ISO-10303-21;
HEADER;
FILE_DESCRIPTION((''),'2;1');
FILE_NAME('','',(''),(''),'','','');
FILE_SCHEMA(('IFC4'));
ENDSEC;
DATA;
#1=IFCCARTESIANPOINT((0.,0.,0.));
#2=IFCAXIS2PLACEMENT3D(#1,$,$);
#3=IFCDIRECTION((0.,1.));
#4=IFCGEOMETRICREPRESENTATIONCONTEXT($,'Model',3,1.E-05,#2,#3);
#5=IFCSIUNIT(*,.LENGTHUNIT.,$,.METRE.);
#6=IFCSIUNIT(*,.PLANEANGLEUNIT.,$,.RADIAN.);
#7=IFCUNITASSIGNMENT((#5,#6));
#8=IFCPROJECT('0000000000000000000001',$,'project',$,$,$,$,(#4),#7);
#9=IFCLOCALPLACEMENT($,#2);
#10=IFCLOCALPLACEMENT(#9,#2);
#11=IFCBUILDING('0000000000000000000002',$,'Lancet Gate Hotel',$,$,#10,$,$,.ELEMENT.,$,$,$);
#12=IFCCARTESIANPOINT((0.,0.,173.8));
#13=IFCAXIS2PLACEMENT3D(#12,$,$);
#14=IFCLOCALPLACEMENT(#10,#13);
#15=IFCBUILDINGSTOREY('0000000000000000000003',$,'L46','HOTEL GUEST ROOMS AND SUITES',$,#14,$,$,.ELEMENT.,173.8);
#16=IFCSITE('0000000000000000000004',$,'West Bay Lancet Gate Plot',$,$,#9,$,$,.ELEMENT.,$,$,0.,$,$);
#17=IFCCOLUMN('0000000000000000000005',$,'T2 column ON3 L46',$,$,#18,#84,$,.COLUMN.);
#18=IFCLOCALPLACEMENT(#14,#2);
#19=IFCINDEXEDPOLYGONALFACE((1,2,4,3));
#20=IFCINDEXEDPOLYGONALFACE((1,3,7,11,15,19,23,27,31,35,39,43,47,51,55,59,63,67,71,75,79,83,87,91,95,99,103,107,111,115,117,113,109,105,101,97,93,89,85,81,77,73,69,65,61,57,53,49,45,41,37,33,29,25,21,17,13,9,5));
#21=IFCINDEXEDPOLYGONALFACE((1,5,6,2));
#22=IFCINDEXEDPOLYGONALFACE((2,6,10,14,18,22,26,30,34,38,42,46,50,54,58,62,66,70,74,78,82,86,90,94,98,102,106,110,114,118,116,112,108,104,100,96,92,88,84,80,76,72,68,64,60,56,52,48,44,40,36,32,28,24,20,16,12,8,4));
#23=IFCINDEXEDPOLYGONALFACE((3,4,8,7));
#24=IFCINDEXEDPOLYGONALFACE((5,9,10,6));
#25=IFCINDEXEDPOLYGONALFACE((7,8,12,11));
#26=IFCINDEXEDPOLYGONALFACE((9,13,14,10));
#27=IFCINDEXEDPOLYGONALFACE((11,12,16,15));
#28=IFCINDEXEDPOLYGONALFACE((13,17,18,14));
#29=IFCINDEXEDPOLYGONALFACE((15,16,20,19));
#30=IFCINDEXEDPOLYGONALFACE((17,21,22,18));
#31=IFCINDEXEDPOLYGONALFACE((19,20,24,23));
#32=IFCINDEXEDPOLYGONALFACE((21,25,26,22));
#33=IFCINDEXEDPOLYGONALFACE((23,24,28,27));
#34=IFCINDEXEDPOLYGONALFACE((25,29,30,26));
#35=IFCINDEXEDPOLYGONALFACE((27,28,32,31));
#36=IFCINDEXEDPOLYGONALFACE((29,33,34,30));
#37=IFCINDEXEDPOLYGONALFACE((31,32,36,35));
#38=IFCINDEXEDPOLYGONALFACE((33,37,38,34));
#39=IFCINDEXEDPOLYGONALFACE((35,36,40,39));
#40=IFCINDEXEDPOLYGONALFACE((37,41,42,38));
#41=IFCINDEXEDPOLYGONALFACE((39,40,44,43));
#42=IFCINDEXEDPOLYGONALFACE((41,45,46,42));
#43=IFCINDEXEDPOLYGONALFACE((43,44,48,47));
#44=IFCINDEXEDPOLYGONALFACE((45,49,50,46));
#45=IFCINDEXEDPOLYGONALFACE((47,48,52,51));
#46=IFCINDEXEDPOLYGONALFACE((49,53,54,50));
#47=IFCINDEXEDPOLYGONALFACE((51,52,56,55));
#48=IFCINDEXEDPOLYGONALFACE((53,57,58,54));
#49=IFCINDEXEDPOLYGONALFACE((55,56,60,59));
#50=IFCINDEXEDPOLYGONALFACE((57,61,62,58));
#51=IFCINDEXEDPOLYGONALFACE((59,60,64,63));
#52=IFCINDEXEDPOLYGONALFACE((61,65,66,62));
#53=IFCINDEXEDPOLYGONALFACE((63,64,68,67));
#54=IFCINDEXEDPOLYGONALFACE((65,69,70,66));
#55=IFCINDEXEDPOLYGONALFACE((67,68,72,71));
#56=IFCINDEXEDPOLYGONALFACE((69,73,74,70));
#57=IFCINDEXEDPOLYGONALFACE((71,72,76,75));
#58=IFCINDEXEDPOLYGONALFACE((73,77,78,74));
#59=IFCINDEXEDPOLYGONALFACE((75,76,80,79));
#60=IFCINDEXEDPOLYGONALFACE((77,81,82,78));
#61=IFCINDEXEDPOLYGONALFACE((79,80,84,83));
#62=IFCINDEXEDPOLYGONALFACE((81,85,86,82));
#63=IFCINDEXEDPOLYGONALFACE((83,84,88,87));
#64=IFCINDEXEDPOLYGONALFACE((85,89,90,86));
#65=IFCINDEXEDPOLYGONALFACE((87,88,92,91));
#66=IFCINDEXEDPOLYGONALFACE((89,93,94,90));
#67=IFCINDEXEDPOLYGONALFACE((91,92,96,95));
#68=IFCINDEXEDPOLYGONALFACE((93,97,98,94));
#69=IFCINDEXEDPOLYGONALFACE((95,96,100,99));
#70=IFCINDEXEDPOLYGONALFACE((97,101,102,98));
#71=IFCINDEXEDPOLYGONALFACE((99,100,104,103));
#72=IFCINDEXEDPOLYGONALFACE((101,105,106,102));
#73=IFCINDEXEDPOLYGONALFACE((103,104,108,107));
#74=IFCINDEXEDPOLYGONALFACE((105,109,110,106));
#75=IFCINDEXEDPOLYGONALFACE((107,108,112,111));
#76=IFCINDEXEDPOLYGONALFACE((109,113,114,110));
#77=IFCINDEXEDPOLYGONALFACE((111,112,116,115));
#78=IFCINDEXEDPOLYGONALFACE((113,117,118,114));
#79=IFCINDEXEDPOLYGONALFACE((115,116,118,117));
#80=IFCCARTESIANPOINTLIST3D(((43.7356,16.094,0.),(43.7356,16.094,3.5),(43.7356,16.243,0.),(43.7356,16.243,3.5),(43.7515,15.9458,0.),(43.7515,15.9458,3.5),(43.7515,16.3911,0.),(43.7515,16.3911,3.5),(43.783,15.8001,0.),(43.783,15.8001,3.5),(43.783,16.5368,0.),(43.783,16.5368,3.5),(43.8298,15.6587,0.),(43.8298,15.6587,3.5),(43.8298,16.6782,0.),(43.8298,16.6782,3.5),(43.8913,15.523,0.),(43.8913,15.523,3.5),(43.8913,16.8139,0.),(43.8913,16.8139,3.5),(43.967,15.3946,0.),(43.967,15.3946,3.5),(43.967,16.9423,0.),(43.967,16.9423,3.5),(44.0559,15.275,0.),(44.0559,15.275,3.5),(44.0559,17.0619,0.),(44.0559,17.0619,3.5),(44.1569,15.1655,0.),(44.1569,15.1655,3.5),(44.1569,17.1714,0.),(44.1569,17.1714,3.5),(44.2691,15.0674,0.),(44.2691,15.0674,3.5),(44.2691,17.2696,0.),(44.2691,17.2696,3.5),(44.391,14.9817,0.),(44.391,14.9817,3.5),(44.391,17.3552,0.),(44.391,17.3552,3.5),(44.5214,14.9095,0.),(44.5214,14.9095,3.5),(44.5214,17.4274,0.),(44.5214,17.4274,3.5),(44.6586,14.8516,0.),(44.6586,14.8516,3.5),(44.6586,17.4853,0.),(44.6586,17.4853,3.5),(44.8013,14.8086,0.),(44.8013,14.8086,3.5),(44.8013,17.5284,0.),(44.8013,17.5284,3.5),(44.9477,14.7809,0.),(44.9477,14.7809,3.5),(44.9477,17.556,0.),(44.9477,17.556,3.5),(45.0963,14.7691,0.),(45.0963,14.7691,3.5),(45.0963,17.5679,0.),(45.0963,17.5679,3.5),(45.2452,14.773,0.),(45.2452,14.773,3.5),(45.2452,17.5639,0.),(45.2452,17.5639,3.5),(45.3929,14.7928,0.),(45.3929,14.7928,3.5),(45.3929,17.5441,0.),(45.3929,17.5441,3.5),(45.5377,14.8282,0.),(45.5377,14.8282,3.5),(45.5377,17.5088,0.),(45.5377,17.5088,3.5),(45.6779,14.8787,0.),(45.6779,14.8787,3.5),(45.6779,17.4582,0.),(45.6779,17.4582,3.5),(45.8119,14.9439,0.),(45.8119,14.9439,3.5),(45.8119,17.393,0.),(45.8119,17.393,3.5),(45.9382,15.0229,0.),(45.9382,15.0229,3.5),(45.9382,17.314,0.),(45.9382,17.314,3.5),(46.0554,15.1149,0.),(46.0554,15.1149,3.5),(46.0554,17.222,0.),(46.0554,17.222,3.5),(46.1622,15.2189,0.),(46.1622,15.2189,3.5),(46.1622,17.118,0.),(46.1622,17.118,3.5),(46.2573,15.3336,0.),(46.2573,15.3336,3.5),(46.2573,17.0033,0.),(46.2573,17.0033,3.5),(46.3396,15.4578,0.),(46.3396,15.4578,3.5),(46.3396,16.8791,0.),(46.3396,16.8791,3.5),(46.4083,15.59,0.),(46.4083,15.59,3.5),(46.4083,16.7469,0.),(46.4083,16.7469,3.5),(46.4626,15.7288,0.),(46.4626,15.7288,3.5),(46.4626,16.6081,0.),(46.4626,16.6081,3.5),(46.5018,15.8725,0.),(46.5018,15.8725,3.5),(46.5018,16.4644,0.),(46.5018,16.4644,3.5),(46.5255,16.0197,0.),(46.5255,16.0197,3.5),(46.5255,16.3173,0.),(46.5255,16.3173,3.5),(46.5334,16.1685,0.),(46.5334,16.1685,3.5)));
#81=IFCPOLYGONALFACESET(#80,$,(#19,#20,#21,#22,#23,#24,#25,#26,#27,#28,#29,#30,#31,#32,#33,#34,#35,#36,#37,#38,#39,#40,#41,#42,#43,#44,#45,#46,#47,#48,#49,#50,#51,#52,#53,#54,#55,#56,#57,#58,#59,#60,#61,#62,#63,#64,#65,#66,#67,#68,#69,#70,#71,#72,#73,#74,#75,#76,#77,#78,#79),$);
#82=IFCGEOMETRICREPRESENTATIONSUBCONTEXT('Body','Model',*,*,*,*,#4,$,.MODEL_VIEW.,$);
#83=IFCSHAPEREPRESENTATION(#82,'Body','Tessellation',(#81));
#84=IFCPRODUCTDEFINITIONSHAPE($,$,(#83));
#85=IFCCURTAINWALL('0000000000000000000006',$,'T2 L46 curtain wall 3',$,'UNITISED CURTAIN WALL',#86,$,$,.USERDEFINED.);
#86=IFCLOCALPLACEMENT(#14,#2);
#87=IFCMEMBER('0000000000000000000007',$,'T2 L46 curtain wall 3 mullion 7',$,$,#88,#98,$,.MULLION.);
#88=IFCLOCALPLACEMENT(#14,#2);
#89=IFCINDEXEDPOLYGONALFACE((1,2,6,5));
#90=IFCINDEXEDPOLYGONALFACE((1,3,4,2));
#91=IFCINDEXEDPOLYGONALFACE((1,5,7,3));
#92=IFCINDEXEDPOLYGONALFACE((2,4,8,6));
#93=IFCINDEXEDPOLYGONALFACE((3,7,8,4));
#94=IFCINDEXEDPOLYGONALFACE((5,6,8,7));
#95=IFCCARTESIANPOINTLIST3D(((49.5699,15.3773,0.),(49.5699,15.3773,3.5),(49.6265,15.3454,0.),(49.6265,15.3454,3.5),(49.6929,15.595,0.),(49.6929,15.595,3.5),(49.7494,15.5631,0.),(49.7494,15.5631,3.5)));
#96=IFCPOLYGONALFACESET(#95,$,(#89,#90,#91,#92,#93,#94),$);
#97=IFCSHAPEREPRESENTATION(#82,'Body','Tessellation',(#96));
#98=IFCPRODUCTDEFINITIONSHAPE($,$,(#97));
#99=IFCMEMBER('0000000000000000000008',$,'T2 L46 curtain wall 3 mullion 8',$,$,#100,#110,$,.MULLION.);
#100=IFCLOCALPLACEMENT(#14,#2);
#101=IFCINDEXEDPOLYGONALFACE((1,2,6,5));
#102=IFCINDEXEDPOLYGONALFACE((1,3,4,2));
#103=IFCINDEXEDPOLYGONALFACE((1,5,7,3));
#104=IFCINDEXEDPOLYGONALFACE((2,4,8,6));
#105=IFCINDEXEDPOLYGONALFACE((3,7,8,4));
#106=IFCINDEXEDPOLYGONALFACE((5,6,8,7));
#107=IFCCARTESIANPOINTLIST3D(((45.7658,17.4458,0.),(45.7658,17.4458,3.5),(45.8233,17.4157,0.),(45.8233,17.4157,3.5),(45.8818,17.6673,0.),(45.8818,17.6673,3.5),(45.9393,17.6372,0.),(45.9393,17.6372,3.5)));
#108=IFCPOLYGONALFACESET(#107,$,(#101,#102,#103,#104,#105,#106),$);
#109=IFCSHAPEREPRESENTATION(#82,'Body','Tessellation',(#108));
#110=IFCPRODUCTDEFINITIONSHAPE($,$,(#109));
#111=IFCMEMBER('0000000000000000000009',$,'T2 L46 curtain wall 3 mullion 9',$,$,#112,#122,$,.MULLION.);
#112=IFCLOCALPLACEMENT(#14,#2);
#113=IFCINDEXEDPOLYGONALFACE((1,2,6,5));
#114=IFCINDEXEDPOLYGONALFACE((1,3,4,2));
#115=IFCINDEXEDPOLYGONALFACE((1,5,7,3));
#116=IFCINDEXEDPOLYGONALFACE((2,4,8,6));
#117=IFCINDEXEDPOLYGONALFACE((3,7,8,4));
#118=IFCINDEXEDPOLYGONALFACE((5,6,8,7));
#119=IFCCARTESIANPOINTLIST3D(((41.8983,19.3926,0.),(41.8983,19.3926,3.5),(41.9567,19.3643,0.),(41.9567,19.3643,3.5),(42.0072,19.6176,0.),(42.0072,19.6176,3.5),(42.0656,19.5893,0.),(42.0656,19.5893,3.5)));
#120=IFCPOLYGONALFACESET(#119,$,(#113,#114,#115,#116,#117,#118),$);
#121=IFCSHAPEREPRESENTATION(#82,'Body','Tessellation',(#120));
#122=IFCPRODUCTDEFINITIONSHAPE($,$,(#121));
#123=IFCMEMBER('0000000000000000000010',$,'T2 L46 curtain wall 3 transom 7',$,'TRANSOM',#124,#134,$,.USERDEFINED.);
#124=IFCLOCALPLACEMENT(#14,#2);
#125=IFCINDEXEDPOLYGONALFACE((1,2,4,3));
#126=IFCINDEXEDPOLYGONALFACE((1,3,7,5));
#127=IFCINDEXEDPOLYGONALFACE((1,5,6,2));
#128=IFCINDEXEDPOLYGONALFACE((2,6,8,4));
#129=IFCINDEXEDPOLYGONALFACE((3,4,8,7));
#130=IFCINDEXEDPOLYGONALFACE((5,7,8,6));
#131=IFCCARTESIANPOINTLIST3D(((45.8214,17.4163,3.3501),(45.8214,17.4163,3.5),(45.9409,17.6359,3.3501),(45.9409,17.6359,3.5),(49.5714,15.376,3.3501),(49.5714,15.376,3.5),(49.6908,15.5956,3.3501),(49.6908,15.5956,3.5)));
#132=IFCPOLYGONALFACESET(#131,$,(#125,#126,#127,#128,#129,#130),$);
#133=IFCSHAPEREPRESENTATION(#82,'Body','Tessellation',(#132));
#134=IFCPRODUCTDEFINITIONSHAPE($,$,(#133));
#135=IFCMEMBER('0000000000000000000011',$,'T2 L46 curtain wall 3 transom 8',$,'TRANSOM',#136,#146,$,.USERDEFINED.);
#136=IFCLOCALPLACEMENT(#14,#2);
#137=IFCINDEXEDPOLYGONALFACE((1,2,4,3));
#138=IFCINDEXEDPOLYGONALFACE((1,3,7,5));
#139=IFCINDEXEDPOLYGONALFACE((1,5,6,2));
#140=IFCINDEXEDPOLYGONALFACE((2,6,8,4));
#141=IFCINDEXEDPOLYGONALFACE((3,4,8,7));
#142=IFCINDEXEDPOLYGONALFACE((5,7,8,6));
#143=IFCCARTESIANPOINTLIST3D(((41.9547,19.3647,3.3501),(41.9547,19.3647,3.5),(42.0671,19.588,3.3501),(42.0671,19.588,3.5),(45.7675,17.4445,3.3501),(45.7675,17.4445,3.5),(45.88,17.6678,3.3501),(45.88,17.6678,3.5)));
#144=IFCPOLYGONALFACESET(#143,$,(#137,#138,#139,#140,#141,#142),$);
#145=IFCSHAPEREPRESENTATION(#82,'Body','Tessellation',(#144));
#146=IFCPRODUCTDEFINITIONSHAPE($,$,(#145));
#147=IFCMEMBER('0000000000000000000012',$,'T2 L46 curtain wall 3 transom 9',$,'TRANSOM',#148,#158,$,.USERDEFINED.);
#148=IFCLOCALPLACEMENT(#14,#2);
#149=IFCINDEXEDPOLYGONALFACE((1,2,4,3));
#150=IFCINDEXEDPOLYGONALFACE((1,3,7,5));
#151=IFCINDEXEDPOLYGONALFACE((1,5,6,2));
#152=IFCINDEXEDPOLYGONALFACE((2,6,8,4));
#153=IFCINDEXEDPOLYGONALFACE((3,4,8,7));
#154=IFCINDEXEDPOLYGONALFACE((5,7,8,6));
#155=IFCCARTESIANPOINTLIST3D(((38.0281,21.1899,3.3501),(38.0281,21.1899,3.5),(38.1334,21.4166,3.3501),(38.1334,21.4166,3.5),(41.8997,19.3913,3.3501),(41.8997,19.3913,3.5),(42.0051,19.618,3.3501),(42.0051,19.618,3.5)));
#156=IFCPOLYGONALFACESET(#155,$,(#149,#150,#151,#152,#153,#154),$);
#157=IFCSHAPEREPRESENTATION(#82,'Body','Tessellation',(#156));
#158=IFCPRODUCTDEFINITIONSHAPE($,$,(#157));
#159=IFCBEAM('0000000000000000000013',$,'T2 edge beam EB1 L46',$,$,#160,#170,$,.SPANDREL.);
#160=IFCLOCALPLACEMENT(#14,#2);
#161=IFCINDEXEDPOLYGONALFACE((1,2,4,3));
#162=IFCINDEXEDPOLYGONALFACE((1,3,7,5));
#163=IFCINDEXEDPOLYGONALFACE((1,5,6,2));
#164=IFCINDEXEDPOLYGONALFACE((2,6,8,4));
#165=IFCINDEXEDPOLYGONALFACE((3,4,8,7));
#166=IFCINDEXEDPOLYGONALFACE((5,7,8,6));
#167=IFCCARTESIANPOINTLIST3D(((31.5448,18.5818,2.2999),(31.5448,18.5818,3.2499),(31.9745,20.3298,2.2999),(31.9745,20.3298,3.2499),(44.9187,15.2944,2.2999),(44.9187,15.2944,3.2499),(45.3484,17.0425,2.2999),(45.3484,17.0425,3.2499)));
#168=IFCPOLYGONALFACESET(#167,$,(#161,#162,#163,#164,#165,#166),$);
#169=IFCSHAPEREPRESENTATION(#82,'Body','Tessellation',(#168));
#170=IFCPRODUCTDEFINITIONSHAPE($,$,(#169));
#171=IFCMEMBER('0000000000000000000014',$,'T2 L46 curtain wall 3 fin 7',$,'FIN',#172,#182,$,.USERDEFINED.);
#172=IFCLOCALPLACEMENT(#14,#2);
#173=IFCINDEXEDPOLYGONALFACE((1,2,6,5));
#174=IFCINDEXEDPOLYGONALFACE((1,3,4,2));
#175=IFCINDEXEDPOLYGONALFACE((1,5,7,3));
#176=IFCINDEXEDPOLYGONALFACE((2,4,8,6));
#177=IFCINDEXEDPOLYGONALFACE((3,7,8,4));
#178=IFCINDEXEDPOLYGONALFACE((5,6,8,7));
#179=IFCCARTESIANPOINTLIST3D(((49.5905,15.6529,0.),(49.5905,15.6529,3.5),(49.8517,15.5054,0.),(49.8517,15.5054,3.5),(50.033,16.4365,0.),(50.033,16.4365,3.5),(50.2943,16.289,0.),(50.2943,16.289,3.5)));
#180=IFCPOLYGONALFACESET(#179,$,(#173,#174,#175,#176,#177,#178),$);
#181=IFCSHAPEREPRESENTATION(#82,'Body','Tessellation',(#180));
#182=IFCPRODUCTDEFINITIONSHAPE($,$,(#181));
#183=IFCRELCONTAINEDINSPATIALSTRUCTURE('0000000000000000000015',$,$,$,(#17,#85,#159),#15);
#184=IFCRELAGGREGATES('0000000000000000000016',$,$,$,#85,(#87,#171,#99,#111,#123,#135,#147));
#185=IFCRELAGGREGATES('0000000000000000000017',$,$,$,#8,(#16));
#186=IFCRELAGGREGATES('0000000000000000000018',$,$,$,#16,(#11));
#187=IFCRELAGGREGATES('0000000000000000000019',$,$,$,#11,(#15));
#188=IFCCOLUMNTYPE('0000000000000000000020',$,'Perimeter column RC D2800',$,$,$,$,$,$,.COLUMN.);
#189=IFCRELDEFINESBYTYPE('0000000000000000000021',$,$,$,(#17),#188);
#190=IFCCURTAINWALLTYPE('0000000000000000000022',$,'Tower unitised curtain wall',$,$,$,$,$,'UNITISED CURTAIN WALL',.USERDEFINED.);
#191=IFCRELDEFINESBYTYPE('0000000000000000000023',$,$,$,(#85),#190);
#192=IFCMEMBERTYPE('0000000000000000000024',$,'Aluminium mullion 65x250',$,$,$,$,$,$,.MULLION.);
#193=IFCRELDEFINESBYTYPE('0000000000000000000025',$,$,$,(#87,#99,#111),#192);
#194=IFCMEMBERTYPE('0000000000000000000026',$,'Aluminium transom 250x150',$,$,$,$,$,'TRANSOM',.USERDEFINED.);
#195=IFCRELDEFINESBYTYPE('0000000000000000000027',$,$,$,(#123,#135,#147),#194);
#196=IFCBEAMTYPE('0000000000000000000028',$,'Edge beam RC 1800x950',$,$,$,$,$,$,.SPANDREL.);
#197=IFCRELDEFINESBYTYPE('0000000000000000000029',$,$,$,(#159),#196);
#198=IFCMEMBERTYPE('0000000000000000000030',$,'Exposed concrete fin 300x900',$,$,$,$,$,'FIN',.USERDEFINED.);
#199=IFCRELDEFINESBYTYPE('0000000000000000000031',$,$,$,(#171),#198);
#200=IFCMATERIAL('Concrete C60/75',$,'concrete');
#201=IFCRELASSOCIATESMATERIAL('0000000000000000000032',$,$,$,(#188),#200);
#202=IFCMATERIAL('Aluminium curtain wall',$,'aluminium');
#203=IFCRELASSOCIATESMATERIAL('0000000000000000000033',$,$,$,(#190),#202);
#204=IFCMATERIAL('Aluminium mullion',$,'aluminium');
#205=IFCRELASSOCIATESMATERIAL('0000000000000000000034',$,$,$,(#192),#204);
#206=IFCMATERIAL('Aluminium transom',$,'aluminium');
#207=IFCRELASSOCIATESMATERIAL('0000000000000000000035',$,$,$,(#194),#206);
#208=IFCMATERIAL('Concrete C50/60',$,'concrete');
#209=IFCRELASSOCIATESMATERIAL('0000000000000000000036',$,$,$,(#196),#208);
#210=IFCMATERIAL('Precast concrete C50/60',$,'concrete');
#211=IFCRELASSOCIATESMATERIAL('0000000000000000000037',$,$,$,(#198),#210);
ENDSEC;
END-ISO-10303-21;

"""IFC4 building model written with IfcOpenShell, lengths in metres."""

from ifc_helpers import new_model, si_unit, direction, frame, origin, origin_2d, place, context, subcontext, project, spatial, rectangle, circle, extrude, material, material_profile, profile_set, type_object, element, aggregate, save


model = new_model("IFC4")

# Units and contexts
model_context = context("Model", 3, precision=1e-05, world=origin(), true_north=direction((0.0, 1.0)))
body_context = subcontext(model_context, "Body", "Model", "MODEL_VIEW")
ifc_project = project(units=[si_unit("LENGTHUNIT", "METRE"), si_unit("PLANEANGLEUNIT", "RADIAN")], contexts=[model_context])

# Site, building, storey
site_placement = place(None, origin())
site = spatial("IfcSite", under=ifc_project, at=site_placement, Name="West Bay Lancet Gate Plot", CompositionType="ELEMENT", RefElevation=0.0)
building_placement = place(site_placement, origin())
building = spatial("IfcBuilding", under=site, at=building_placement, Name="Lancet Gate Hotel", CompositionType="ELEMENT")
storey_placement = place(building_placement, frame((0.0, 0.0, 173.8)))
storey = spatial("IfcBuildingStorey", under=building, at=storey_placement, Name="L46", Description="HOTEL GUEST ROOMS AND SUITES", CompositionType="ELEMENT", Elevation=173.8)

# Column
ifc_material_1 = material(Name="Concrete C60/75", Category="concrete")
ifc_material_profile_1 = material_profile(ifc_material_1, circle(Radius=1.3999, at=origin_2d()), Name="RC D2800")
ifc_profile_set_1 = profile_set([ifc_material_profile_1], Name="Concrete C60/75")
column_type = type_object("IfcColumnType", Name="Perimeter column RC D2800", PredefinedType="COLUMN", material=ifc_profile_set_1)
column_placement = place(storey_placement, frame((45.1335, 16.1685, 0.0), z_axis=(0.0, 0.0, 1.0), x_axis=(1.0, 0.0, 0.0)))
element("IfcColumn", 1, at=column_placement, inside=storey, type_object=column_type, Name="T2 column ON3 L46", PredefinedType="COLUMN", context=body_context, shape_type="SweptSolid", body=[
    extrude(circle(Radius=1.3999, at=origin_2d()), origin(), (0.0, 0.0, 1.0), 3.5),
])

# Curtain wall, members
ifc_material_2 = material(Name="Aluminium curtain wall", Category="aluminium")
curtain_wall_type = type_object("IfcCurtainWallType", Name="Tower unitised curtain wall", ElementType="UNITISED CURTAIN WALL", PredefinedType="USERDEFINED", material=ifc_material_2)
curtain_wall_placement = place(storey_placement, origin())
curtain_wall = element("IfcCurtainWall", 2, at=curtain_wall_placement, inside=storey, type_object=curtain_wall_type, Name="T2 L46 curtain wall 3", ObjectType="UNITISED CURTAIN WALL", PredefinedType="USERDEFINED")
ifc_material_3 = material(Name="Aluminium mullion", Category="aluminium")
ifc_material_profile_2 = material_profile(ifc_material_3, rectangle(XDim=0.0649, YDim=0.25, at=origin_2d()), Name="MULLION 65x250")
ifc_profile_set_2 = profile_set([ifc_material_profile_2], Name="Aluminium mullion")
member_type_1 = type_object("IfcMemberType", Name="Aluminium mullion 65x250", PredefinedType="MULLION", material=ifc_profile_set_2)
member_1_placement = place(storey_placement, frame((49.6597, 15.4702, 0.0), z_axis=(0.0, 0.0, 1.0), x_axis=(-0.870722, 0.491776, 0.0)))
member_1 = element("IfcMember", 3, at=member_1_placement, type_object=member_type_1, Name="T2 L46 curtain wall 3 mullion 7", PredefinedType="MULLION", context=body_context, shape_type="SweptSolid", body=[
    extrude(rectangle(XDim=0.0649, YDim=0.25, at=origin_2d()), origin(), (0.0, 0.0, 1.0), 3.5),
])
member_2_placement = place(storey_placement, frame((45.8525, 17.5415, 0.0), z_axis=(0.0, 0.0, 1.0), x_axis=(-0.885877, 0.46392, 0.0)))
member_2 = element("IfcMember", 4, at=member_2_placement, type_object=member_type_1, Name="T2 L46 curtain wall 3 mullion 8", PredefinedType="MULLION", context=body_context, shape_type="SweptSolid", body=[
    extrude(rectangle(XDim=0.0649, YDim=0.25, at=origin_2d()), origin(), (0.0, 0.0, 1.0), 3.5),
])
member_3_placement = place(storey_placement, frame((41.9819, 19.491, 0.0), z_axis=(0.0, 0.0, 1.0), x_axis=(-0.900141, 0.435598, 0.0)))
member_3 = element("IfcMember", 5, at=member_3_placement, type_object=member_type_1, Name="T2 L46 curtain wall 3 mullion 9", PredefinedType="MULLION", context=body_context, shape_type="SweptSolid", body=[
    extrude(rectangle(XDim=0.0649, YDim=0.25, at=origin_2d()), origin(), (0.0, 0.0, 1.0), 3.5),
])
ifc_material_4 = material(Name="Aluminium transom", Category="aluminium")
ifc_material_profile_3 = material_profile(ifc_material_4, rectangle(XDim=0.25, YDim=0.1499, at=origin_2d()), Name="TRANSOM 250x150")
ifc_profile_set_3 = profile_set([ifc_material_profile_3], Name="Aluminium transom")
member_type_2 = type_object("IfcMemberType", Name="Aluminium transom 250x150", ElementType="TRANSOM", PredefinedType="USERDEFINED", material=ifc_profile_set_3)
member_4_placement = place(storey_placement, frame((49.6311, 15.4858, 3.425), z_axis=(-0.878404, 0.477918, 0.0), x_axis=(-0.477918, -0.878404, 0.0)))
member_4 = element("IfcMember", 6, at=member_4_placement, type_object=member_type_2, Name="T2 L46 curtain wall 3 transom 7", ObjectType="TRANSOM", PredefinedType="USERDEFINED", context=body_context, shape_type="SweptSolid", body=[
    extrude(rectangle(XDim=0.25, YDim=0.1499, at=origin_2d()), origin(), (0.0, 0.0, 1.0), 4.269),
])
member_5_placement = place(storey_placement, frame((45.8237, 17.5562, 3.425), z_axis=(-0.893131, 0.449797, 0.0), x_axis=(-0.449797, -0.893131, 0.0)))
member_5 = element("IfcMember", 7, at=member_5_placement, type_object=member_type_2, Name="T2 L46 curtain wall 3 transom 8", ObjectType="TRANSOM", PredefinedType="USERDEFINED", context=body_context, shape_type="SweptSolid", body=[
    extrude(rectangle(XDim=0.25, YDim=0.1499, at=origin_2d()), origin(), (0.0, 0.0, 1.0), 4.269),
])
member_6_placement = place(storey_placement, frame((41.9524, 19.5046, 3.425), z_axis=(-0.906914, 0.421316, 0.0), x_axis=(-0.421316, -0.906914, 0.0)))
member_6 = element("IfcMember", 8, at=member_6_placement, type_object=member_type_2, Name="T2 L46 curtain wall 3 transom 9", ObjectType="TRANSOM", PredefinedType="USERDEFINED", context=body_context, shape_type="SweptSolid", body=[
    extrude(rectangle(XDim=0.25, YDim=0.1499, at=origin_2d()), origin(), (0.0, 0.0, 1.0), 4.269),
])

# Beam
ifc_material_5 = material(Name="Concrete C50/60", Category="concrete")
ifc_material_profile_4 = material_profile(ifc_material_5, rectangle(XDim=1.8, YDim=0.95, at=origin_2d()), Name="RC 1800x950")
ifc_profile_set_4 = profile_set([ifc_material_profile_4], Name="Concrete C50/60")
beam_type_1 = type_object("IfcBeamType", Name="Edge beam RC 1800x950", PredefinedType="SPANDREL", material=ifc_profile_set_4)
beam_1_placement = place(storey_placement, frame((45.1335, 16.1685, 2.7749), z_axis=(-0.971093, 0.2387, 0.0), x_axis=(-0.2387, -0.971093, 0.0)))
element("IfcBeam", 9, at=beam_1_placement, inside=storey, type_object=beam_type_1, Name="T2 edge beam EB1 L46", PredefinedType="SPANDREL", context=body_context, shape_type="SweptSolid", body=[
    extrude(rectangle(XDim=1.8, YDim=0.95, at=origin_2d()), origin(), (0.0, 0.0, 1.0), 13.772),
])

# Member
ifc_material_6 = material(Name="Precast concrete C50/60", Category="concrete")
ifc_material_profile_5 = material_profile(ifc_material_6, rectangle(XDim=0.3, YDim=0.8999, at=origin_2d()), Name="FIN 300x900")
ifc_profile_set_5 = profile_set([ifc_material_profile_5], Name="Precast concrete C50/60")
member_type_3 = type_object("IfcMemberType", Name="Exposed concrete fin 300x900", ElementType="FIN", PredefinedType="USERDEFINED", material=ifc_profile_set_5)
member_7_placement = place(storey_placement, frame((49.9424, 15.9709, 0.0), z_axis=(0.0, 0.0, 1.0), x_axis=(-0.870722, 0.491776, 0.0)))
member_7 = element("IfcMember", 10, at=member_7_placement, type_object=member_type_3, Name="T2 L46 curtain wall 3 fin 7", ObjectType="FIN", PredefinedType="USERDEFINED", context=body_context, shape_type="SweptSolid", body=[
    extrude(rectangle(XDim=0.3, YDim=0.8999, at=origin_2d()), origin(), (0.0, 0.0, 1.0), 3.5),
])

aggregate(curtain_wall, [member_1, member_7, member_2, member_3, member_4, member_5, member_6])

save(model, "model.ifc")
